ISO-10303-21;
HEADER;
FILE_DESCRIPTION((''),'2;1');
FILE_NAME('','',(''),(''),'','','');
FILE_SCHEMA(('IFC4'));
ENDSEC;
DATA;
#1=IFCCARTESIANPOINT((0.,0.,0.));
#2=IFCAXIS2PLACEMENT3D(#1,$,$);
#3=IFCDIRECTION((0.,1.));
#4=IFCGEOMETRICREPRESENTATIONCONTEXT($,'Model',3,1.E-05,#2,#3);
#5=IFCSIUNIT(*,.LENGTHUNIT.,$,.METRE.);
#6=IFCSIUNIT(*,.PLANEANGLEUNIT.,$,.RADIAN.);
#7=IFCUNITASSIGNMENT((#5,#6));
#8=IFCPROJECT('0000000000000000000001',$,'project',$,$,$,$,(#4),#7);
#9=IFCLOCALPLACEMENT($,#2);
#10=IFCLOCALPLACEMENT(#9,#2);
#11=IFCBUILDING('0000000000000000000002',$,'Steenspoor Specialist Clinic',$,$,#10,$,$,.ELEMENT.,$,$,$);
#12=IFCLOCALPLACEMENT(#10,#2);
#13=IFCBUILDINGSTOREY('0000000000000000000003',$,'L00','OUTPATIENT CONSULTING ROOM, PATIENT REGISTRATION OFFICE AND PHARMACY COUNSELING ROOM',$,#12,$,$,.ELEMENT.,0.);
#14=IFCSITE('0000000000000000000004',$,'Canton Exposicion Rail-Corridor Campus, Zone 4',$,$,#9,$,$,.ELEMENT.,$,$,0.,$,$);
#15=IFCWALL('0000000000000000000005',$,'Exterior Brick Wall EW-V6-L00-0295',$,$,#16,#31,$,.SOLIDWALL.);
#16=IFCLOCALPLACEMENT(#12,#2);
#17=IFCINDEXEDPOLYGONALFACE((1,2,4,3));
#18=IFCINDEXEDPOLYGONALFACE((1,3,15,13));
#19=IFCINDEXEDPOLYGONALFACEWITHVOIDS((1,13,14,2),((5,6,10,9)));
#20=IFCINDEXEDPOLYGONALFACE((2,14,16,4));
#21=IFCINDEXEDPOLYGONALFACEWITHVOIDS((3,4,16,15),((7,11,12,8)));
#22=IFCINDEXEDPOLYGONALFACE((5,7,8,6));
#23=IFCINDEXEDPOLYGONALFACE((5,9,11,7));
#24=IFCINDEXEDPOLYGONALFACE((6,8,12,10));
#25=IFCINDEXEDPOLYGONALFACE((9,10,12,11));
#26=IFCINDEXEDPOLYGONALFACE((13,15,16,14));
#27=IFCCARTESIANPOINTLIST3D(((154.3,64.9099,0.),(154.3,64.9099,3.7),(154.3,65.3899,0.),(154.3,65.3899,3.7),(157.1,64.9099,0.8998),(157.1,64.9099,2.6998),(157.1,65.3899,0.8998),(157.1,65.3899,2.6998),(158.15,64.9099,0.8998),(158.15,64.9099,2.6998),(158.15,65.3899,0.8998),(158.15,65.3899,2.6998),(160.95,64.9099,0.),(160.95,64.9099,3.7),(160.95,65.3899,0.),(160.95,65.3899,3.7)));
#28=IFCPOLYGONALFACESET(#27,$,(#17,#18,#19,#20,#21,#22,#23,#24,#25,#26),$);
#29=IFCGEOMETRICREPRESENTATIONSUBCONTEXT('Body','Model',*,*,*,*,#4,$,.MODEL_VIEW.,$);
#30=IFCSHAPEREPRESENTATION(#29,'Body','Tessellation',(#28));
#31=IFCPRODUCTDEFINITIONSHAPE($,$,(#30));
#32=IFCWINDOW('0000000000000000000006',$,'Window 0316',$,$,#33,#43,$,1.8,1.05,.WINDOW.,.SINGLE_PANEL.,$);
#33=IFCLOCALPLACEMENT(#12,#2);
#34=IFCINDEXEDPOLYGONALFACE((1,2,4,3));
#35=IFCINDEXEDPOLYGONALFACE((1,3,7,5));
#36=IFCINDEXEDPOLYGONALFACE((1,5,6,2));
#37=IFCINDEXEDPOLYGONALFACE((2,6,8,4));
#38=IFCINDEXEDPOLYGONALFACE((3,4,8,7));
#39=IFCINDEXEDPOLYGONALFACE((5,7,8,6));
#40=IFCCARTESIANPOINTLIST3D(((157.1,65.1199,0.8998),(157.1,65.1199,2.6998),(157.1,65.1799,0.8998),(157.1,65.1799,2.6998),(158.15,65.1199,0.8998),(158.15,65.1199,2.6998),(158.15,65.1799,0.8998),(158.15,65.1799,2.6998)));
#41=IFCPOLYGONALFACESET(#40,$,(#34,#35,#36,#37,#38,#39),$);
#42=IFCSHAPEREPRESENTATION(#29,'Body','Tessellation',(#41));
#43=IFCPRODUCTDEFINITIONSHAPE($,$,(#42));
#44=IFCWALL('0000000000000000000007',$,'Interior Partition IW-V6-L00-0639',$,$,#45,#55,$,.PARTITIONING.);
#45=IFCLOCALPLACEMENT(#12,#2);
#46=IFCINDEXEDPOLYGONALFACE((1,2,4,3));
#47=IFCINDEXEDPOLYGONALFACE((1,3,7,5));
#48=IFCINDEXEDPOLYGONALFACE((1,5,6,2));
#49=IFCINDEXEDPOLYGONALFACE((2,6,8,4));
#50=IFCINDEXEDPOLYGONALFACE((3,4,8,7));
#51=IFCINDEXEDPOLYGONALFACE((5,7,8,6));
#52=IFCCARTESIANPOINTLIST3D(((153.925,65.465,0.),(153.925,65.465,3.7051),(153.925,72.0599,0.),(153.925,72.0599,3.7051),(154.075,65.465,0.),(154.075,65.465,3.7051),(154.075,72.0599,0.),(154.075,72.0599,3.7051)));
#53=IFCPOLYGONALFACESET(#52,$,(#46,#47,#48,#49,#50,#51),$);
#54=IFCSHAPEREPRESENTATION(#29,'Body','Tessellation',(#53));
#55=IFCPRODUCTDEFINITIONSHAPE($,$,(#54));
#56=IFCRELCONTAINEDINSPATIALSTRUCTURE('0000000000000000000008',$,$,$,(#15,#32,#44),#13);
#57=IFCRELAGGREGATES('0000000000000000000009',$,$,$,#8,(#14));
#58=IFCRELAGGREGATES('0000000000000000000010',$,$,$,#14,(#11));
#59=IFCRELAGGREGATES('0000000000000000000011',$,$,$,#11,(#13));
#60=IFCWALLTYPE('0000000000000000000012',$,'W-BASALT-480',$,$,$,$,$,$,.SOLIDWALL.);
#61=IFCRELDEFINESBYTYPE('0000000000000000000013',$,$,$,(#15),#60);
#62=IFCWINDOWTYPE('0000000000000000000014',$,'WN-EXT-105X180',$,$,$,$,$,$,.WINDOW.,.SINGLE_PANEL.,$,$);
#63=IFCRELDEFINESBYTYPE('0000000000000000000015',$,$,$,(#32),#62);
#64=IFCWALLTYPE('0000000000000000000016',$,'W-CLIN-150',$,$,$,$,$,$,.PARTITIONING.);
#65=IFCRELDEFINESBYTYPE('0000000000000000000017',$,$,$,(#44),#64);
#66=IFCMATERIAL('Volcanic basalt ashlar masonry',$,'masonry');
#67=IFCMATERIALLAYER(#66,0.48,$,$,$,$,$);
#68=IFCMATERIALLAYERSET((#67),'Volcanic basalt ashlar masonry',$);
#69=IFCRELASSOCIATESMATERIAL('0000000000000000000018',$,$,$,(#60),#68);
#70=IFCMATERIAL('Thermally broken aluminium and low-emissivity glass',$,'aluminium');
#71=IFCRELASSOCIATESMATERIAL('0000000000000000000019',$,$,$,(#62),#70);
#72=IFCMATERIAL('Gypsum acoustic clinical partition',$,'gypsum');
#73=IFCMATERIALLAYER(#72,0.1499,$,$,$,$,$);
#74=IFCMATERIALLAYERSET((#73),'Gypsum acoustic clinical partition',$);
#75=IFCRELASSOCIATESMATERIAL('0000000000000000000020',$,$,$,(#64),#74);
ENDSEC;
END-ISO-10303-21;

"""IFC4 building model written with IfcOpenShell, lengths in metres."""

from ifc_helpers import new_model, si_unit, direction, frame, frame_2d, origin, place, context, subcontext, project, spatial, rectangle, extrude, material, layer, layer_set, type_object, element, fill, save


model = new_model("IFC4")

# Units and contexts
model_context = context("Model", 3, precision=1e-05, world=origin(), true_north=direction((0.0, 1.0)))
body_context = subcontext(model_context, "Body", "Model", "MODEL_VIEW")
ifc_project = project(units=[si_unit("LENGTHUNIT", "METRE"), si_unit("PLANEANGLEUNIT", "RADIAN")], contexts=[model_context])

# Site, building, storey
site_placement = place(None, origin())
site = spatial("IfcSite", under=ifc_project, at=site_placement, Name="Canton Exposicion Rail-Corridor Campus, Zone 4", CompositionType="ELEMENT", RefElevation=0.0)
building_placement = place(site_placement, origin())
building = spatial("IfcBuilding", under=site, at=building_placement, Name="Steenspoor Specialist Clinic", CompositionType="ELEMENT")
storey_placement = place(building_placement, origin())
storey = spatial("IfcBuildingStorey", under=building, at=storey_placement, Name="L00", Description="OUTPATIENT CONSULTING ROOM, PATIENT REGISTRATION OFFICE AND PHARMACY COUNSELING ROOM", CompositionType="ELEMENT", Elevation=0.0)

# Shared definitions
ifc_material_1 = material(Name="Thermally broken aluminium and low-emissivity glass", Category="aluminium")

# Wall, opening, window
ifc_material_2 = material(Name="Volcanic basalt ashlar masonry", Category="masonry")
ifc_layer_1 = layer(ifc_material_2, 0.48)
ifc_layer_set_1 = layer_set([ifc_layer_1], Name="Volcanic basalt ashlar masonry")
wall_type_1 = type_object("IfcWallType", Name="W-BASALT-480", PredefinedType="SOLIDWALL", material=ifc_layer_set_1)
wall_1_placement = place(storey_placement, frame((160.95, 65.1499, 0.0), z_axis=(0.0, 0.0, 1.0), x_axis=(-1.0, 0.0, 0.0)))
wall_1 = element("IfcWall", 1, at=wall_1_placement, inside=storey, type_object=wall_type_1, Name="Exterior Brick Wall EW-V6-L00-0295", PredefinedType="SOLIDWALL", context=body_context, shape_type="SweptSolid", body=[
    extrude(rectangle(XDim=6.6499, YDim=0.48, at=frame_2d((3.325, 0.0))), origin(), (0.0, 0.0, 1.0), 3.7),
])
opening_placement = place(wall_1_placement, frame((2.8, 0.0, 0.8999)))
opening = element("IfcOpeningElement", 2, at=opening_placement, cuts=wall_1, PredefinedType="OPENING", context=body_context, shape_type="SweptSolid", body=[
    extrude(rectangle(XDim=1.05, YDim=1.8, at=frame_2d((0.5249, 0.8999))), frame((0.0, 0.25, 0.0), z_axis=(0.0, -1.0, 0.0), x_axis=(1.0, 0.0, 0.0)), (0.0, 0.0, 1.0), 0.5),
])
window_type = type_object("IfcWindowType", Name="WN-EXT-105X180", PartitioningType="SINGLE_PANEL", PredefinedType="WINDOW", material=ifc_material_1)
window_placement = place(opening_placement, origin())
window = element("IfcWindow", 3, at=window_placement, inside=storey, type_object=window_type, Name="Window 0316", OverallHeight=1.8, OverallWidth=1.05, PartitioningType="SINGLE_PANEL", PredefinedType="WINDOW", context=body_context, shape_type="SweptSolid", body=[
    extrude(rectangle(XDim=1.05, YDim=1.8, at=frame_2d((0.5249, 0.8999))), frame((0.0, 0.03, 0.0), z_axis=(0.0, -1.0, 0.0), x_axis=(1.0, 0.0, 0.0)), (0.0, 0.0, 1.0), 0.0601),
])
fill(opening, window)

# Wall
ifc_material_3 = material(Name="Gypsum acoustic clinical partition", Category="gypsum")
ifc_layer_2 = layer(ifc_material_3, 0.1499)
ifc_layer_set_2 = layer_set([ifc_layer_2], Name="Gypsum acoustic clinical partition")
wall_type_2 = type_object("IfcWallType", Name="W-CLIN-150", PredefinedType="PARTITIONING", material=ifc_layer_set_2)
wall_2_placement = place(storey_placement, frame((154.0, 65.4651, 0.0), z_axis=(0.0, 0.0, 1.0), x_axis=(0.0, 1.0, 0.0)))
element("IfcWall", 4, at=wall_2_placement, inside=storey, type_object=wall_type_2, Name="Interior Partition IW-V6-L00-0639", PredefinedType="PARTITIONING", context=body_context, shape_type="SweptSolid", body=[
    extrude(rectangle(XDim=6.595, YDim=0.1499, at=frame_2d((3.2974, 0.0))), origin(), (0.0, 0.0, 1.0), 3.7051),
])

save(model, "model.ifc")
